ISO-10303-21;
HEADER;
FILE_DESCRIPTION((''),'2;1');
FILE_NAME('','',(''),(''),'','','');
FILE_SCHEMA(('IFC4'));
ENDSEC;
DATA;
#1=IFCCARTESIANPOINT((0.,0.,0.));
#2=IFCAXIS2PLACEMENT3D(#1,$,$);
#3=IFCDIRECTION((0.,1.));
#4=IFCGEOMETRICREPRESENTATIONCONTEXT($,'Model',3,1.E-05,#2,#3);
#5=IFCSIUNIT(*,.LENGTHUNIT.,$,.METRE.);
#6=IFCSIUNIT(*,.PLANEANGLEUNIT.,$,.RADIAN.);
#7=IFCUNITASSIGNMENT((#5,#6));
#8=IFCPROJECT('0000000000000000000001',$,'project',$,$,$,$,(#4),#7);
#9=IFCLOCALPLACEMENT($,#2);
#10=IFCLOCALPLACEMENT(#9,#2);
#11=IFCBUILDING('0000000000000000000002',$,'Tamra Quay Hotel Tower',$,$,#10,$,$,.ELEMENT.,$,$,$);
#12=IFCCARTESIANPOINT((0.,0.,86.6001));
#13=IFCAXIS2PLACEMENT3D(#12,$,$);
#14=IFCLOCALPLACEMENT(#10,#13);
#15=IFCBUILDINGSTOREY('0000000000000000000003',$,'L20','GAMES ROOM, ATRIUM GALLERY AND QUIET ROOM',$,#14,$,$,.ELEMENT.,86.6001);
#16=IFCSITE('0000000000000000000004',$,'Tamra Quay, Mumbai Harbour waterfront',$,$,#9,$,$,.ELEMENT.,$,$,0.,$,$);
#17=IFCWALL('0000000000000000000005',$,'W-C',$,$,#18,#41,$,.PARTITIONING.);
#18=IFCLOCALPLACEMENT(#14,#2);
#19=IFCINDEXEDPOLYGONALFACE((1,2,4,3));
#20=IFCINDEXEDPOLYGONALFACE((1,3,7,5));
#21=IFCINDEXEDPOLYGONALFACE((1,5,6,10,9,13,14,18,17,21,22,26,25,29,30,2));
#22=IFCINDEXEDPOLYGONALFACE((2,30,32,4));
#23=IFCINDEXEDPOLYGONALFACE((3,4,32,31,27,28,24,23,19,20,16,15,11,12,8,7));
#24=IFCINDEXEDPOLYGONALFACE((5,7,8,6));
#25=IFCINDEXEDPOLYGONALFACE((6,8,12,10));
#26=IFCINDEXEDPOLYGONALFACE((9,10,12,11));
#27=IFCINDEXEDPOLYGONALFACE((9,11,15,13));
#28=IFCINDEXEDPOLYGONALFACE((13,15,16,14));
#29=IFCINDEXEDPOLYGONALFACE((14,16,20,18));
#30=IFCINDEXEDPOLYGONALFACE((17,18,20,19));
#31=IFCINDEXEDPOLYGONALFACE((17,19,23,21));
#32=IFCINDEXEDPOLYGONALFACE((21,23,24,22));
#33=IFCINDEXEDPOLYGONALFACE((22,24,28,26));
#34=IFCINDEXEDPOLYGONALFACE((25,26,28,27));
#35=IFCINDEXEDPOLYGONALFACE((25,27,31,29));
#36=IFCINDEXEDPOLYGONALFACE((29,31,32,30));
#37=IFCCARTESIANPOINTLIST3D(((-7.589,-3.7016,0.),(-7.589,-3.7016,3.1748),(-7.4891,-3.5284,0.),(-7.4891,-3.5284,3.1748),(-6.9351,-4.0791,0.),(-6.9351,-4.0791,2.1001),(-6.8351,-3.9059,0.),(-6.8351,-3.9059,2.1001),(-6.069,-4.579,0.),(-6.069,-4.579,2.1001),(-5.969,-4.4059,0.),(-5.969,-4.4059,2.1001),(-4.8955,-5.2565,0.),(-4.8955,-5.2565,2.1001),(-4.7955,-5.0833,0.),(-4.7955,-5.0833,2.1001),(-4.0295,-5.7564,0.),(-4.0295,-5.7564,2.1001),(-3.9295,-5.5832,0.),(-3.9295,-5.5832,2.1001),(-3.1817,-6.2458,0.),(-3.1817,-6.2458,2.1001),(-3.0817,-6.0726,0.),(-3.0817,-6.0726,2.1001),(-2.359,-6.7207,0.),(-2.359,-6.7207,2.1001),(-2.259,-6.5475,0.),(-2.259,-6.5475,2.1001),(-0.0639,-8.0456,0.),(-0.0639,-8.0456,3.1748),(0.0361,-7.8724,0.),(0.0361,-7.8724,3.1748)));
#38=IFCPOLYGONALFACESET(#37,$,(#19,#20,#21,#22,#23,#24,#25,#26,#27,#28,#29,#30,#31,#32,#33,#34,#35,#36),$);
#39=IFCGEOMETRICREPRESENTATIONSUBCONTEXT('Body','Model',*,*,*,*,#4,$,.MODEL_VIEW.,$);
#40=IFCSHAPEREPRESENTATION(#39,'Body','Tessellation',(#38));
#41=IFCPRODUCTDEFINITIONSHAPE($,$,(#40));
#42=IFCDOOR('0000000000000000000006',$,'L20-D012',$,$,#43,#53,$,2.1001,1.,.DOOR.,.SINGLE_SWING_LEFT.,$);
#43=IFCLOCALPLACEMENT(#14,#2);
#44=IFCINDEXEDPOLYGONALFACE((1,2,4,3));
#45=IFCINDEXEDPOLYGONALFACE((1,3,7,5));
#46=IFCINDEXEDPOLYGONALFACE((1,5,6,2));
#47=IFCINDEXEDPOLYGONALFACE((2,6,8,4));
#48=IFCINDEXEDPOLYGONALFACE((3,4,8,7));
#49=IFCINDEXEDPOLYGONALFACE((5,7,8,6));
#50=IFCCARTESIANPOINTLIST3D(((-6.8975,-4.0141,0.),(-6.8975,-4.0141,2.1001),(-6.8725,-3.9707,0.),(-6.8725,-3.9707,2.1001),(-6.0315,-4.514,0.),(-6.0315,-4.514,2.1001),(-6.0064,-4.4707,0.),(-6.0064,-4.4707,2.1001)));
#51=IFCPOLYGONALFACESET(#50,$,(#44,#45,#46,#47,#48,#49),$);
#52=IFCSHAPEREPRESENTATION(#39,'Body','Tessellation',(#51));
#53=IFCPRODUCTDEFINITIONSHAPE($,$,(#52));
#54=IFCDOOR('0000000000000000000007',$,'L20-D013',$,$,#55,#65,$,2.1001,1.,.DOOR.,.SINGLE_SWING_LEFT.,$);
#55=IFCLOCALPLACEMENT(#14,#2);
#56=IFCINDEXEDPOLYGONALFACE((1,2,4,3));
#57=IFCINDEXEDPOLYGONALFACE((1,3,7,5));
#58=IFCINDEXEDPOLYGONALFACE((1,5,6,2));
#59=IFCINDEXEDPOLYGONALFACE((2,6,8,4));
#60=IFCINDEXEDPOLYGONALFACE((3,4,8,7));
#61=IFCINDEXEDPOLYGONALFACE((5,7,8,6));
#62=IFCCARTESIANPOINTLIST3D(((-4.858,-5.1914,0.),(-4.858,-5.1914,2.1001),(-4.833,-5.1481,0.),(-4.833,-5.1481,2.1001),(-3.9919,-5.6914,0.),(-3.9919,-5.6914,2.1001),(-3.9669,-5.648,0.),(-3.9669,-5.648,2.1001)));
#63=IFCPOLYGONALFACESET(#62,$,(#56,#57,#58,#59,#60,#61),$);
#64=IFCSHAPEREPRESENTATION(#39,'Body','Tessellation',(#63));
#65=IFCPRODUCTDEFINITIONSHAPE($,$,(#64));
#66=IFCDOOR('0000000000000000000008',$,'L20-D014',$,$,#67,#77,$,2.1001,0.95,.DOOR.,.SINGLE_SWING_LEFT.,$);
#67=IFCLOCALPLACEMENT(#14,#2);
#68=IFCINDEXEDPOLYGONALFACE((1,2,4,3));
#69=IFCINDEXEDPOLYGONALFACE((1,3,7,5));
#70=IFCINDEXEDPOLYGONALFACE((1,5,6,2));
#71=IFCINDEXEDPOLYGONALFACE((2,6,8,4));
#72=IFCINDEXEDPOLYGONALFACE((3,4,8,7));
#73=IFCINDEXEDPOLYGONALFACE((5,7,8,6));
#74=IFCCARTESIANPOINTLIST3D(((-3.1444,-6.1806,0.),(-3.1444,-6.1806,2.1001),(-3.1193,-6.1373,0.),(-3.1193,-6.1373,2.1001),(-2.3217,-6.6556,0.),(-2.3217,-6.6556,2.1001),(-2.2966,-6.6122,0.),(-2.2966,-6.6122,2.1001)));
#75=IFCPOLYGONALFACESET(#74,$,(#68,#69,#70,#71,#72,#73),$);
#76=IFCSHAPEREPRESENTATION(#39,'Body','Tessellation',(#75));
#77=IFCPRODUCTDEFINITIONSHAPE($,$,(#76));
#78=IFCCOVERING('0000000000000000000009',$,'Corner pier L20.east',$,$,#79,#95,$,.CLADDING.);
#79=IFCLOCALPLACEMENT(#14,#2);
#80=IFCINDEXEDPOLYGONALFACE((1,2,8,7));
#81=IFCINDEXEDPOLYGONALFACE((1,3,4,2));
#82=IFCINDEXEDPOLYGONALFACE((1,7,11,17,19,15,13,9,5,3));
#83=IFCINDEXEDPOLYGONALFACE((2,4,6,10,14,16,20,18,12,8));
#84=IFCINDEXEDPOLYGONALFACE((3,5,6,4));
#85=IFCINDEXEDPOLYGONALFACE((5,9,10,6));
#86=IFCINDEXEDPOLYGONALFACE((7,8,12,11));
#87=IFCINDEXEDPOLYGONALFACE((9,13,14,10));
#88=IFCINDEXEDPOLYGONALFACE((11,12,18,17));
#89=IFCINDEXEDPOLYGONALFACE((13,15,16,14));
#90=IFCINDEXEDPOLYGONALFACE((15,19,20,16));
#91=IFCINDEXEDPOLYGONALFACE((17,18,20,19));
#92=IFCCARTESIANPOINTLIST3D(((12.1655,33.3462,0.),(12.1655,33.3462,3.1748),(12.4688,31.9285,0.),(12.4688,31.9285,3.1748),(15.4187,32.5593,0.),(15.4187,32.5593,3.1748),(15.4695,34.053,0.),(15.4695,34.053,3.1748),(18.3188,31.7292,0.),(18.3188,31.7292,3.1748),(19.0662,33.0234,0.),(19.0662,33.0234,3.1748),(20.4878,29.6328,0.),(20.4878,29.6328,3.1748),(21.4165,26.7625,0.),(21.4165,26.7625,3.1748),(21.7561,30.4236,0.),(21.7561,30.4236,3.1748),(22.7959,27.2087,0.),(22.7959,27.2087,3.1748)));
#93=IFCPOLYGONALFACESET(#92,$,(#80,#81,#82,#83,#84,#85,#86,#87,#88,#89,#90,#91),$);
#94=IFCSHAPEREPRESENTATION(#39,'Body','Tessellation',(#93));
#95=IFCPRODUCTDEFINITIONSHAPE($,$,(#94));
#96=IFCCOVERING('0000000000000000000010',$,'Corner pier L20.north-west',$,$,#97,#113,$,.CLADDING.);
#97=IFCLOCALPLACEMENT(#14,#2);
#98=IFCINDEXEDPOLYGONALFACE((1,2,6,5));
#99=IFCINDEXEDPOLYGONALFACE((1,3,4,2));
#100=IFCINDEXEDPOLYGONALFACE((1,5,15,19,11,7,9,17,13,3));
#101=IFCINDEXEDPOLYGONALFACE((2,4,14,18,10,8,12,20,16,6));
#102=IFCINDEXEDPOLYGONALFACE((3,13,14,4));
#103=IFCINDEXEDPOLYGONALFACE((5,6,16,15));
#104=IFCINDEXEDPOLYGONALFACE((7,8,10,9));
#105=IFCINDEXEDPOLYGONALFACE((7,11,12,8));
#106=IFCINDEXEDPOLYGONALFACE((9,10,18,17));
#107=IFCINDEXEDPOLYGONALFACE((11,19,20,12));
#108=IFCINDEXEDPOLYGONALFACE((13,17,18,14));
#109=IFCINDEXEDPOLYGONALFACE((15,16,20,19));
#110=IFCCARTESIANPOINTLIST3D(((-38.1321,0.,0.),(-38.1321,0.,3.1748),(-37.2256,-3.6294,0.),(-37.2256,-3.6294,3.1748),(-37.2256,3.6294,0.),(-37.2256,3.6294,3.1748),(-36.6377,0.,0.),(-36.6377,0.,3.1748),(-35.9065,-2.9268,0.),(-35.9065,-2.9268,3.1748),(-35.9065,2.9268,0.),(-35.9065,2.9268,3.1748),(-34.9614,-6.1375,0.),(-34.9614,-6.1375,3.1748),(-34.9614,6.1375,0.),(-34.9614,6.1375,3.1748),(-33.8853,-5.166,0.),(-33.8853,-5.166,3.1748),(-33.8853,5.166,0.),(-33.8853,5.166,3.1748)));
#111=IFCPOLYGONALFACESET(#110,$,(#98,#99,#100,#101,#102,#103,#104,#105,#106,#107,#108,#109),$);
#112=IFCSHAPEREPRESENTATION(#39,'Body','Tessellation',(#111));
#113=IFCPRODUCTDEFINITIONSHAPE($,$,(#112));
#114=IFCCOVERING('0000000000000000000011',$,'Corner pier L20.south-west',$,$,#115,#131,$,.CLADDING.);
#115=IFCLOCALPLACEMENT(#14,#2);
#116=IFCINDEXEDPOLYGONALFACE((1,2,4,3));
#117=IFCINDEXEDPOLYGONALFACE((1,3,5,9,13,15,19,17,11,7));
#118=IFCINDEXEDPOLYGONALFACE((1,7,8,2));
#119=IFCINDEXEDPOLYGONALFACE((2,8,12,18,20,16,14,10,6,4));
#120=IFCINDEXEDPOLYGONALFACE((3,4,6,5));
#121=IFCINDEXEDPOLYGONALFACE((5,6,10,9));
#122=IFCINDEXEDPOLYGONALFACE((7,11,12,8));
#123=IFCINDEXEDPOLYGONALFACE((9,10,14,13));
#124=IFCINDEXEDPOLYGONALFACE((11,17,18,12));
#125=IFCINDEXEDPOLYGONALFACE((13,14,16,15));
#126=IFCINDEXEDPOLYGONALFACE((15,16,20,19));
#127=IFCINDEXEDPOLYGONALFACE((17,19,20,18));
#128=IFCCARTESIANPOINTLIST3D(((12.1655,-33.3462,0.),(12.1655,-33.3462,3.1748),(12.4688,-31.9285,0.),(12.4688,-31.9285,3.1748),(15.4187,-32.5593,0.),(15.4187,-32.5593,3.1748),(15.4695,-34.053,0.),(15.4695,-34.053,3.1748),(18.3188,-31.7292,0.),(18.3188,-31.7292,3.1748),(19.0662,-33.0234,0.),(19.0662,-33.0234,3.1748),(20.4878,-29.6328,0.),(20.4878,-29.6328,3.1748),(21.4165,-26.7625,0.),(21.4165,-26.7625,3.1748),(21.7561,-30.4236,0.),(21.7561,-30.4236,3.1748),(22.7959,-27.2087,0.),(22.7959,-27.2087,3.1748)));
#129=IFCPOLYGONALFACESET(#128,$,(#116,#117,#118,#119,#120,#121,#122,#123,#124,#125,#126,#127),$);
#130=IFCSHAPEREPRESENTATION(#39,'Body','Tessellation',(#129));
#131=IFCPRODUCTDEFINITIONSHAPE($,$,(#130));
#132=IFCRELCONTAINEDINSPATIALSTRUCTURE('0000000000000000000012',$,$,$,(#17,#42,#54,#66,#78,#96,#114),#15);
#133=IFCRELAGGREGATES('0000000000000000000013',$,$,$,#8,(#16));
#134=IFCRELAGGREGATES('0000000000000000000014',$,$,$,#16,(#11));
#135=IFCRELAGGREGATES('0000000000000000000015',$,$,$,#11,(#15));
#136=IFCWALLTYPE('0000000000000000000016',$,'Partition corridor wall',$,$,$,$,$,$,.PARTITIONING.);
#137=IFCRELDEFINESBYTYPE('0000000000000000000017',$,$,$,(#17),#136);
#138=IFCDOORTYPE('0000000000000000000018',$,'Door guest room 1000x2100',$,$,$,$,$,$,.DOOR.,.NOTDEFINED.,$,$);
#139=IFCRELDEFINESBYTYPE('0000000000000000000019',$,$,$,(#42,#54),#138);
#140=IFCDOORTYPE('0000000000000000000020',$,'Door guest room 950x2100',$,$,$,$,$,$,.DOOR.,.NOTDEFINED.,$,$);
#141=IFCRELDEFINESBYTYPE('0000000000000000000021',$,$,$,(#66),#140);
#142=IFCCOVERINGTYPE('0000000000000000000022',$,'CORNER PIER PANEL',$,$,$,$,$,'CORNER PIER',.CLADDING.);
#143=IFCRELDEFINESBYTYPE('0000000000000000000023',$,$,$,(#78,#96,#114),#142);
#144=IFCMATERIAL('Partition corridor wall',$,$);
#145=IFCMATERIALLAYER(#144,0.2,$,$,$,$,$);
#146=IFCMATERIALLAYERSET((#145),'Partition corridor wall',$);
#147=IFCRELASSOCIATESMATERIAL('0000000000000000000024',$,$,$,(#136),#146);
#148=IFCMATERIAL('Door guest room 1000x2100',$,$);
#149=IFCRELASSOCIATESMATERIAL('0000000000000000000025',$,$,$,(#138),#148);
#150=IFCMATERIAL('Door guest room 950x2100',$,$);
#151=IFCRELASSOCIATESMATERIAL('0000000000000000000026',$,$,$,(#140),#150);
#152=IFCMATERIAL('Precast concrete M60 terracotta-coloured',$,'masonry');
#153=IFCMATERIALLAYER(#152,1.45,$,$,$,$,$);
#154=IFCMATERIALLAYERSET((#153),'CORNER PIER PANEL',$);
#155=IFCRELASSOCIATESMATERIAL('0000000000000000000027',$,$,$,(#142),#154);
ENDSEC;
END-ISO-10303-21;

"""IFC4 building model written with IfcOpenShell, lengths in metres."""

from ifc_helpers import new_model, si_unit, direction, frame, frame_2d, origin, place, context, subcontext, project, spatial, polyline, rectangle, outline, extrude, material, layer, layer_set, type_object, element, fill, save


model = new_model("IFC4")

# Units and contexts
model_context = context("Model", 3, precision=1e-05, world=origin(), true_north=direction((0.0, 1.0)))
body_context = subcontext(model_context, "Body", "Model", "MODEL_VIEW")
ifc_project = project(units=[si_unit("LENGTHUNIT", "METRE"), si_unit("PLANEANGLEUNIT", "RADIAN")], contexts=[model_context])

# Site, building, storey
site_placement = place(None, origin())
site = spatial("IfcSite", under=ifc_project, at=site_placement, Name="Tamra Quay, Mumbai Harbour waterfront", CompositionType="ELEMENT", RefElevation=0.0)
building_placement = place(site_placement, origin())
building = spatial("IfcBuilding", under=site, at=building_placement, Name="Tamra Quay Hotel Tower", CompositionType="ELEMENT")
storey_placement = place(building_placement, frame((0.0, 0.0, 86.6001)))
storey = spatial("IfcBuildingStorey", under=building, at=storey_placement, Name="L20", Description="GAMES ROOM, ATRIUM GALLERY AND QUIET ROOM", CompositionType="ELEMENT", Elevation=86.6001)

# Shared definitions
ifc_material_1 = material(Name="Partition corridor wall")
ifc_layer_1 = layer(ifc_material_1, 0.2)
ifc_layer_set_1 = layer_set([ifc_layer_1], Name="Partition corridor wall")
wall_type_1 = type_object("IfcWallType", Name="Partition corridor wall", PredefinedType="PARTITIONING", material=ifc_layer_set_1)

# Wall, openings, doors
wall_1_placement = place(storey_placement, frame((-7.5391, -3.615, 0.0), z_axis=(0.0, 0.0, 1.0), x_axis=(0.866058, -0.499944, 0.0)))
wall_1 = element("IfcWall", 1, at=wall_1_placement, inside=storey, type_object=wall_type_1, Name="W-C", PredefinedType="PARTITIONING", context=body_context, shape_type="SweptSolid", body=[
    extrude(rectangle(XDim=8.689, YDim=0.2, at=frame_2d((4.3445, 0.0))), origin(), (0.0, 0.0, 1.0), 3.1748),
])
opening_1_placement = place(wall_1_placement, frame((0.7551, 0.0, 0.0)))
opening_1 = element("IfcOpeningElement", 2, at=opening_1_placement, cuts=wall_1, PredefinedType="OPENING", context=body_context, shape_type="SweptSolid", body=[
    extrude(rectangle(XDim=1.0, YDim=2.1001, at=frame_2d((0.5, 1.05))), frame((0.0, 0.1099, 0.0), z_axis=(0.0, -1.0, 0.0), x_axis=(1.0, 0.0, 0.0)), (0.0, 0.0, 1.0), 0.22),
])
opening_2_placement = place(wall_1_placement, frame((3.1101, 0.0, 0.0)))
opening_2 = element("IfcOpeningElement", 3, at=opening_2_placement, cuts=wall_1, PredefinedType="OPENING", context=body_context, shape_type="SweptSolid", body=[
    extrude(rectangle(XDim=1.0, YDim=2.1001, at=frame_2d((0.5, 1.05))), frame((0.0, 0.1099, 0.0), z_axis=(0.0, -1.0, 0.0), x_axis=(1.0, 0.0, 0.0)), (0.0, 0.0, 1.0), 0.22),
])
opening_3_placement = place(wall_1_placement, frame((5.0889, 0.0, 0.0)))
opening_3 = element("IfcOpeningElement", 4, at=opening_3_placement, cuts=wall_1, PredefinedType="OPENING", context=body_context, shape_type="SweptSolid", body=[
    extrude(rectangle(XDim=0.95, YDim=2.1001, at=frame_2d((0.4751, 1.05))), frame((0.0, 0.1099, 0.0), z_axis=(0.0, -1.0, 0.0), x_axis=(1.0, 0.0, 0.0)), (0.0, 0.0, 1.0), 0.22),
])
ifc_material_2 = material(Name="Door guest room 1000x2100")
door_type_1 = type_object("IfcDoorType", Name="Door guest room 1000x2100", OperationType="NOTDEFINED", PredefinedType="DOOR", material=ifc_material_2)
door_1_placement = place(opening_1_placement, frame((1.0, 0.0, 0.0), z_axis=(0.0, 0.0, 1.0), x_axis=(-1.0, 0.0, 0.0)))
door_1 = element("IfcDoor", 5, at=door_1_placement, inside=storey, type_object=door_type_1, Name="L20-D012", OperationType="SINGLE_SWING_LEFT", OverallHeight=2.1001, OverallWidth=1.0, PredefinedType="DOOR", context=body_context, shape_type="SweptSolid", body=[
    extrude(rectangle(XDim=1.0, YDim=2.1001, at=frame_2d((0.5, 1.05))), frame((0.0, 0.0249, 0.0), z_axis=(0.0, -1.0, 0.0), x_axis=(1.0, 0.0, 0.0)), (0.0, 0.0, 1.0), 0.05),
])
fill(opening_1, door_1)
door_2_placement = place(opening_2_placement, frame((1.0, 0.0, 0.0), z_axis=(0.0, 0.0, 1.0), x_axis=(-1.0, 0.0, 0.0)))
door_2 = element("IfcDoor", 6, at=door_2_placement, inside=storey, type_object=door_type_1, Name="L20-D013", OperationType="SINGLE_SWING_LEFT", OverallHeight=2.1001, OverallWidth=1.0, PredefinedType="DOOR", context=body_context, shape_type="SweptSolid", body=[
    extrude(rectangle(XDim=1.0, YDim=2.1001, at=frame_2d((0.5, 1.05))), frame((0.0, 0.0249, 0.0), z_axis=(0.0, -1.0, 0.0), x_axis=(1.0, 0.0, 0.0)), (0.0, 0.0, 1.0), 0.05),
])
fill(opening_2, door_2)
ifc_material_3 = material(Name="Door guest room 950x2100")
door_type_2 = type_object("IfcDoorType", Name="Door guest room 950x2100", OperationType="NOTDEFINED", PredefinedType="DOOR", material=ifc_material_3)
door_3_placement = place(opening_3_placement, frame((0.95, 0.0, 0.0), z_axis=(0.0, 0.0, 1.0), x_axis=(-1.0, 0.0, 0.0)))
door_3 = element("IfcDoor", 7, at=door_3_placement, inside=storey, type_object=door_type_2, Name="L20-D014", OperationType="SINGLE_SWING_LEFT", OverallHeight=2.1001, OverallWidth=0.95, PredefinedType="DOOR", context=body_context, shape_type="SweptSolid", body=[
    extrude(rectangle(XDim=0.95, YDim=2.1001, at=frame_2d((0.4751, 1.05))), frame((0.0, 0.0249, 0.0), z_axis=(0.0, -1.0, 0.0), x_axis=(1.0, 0.0, 0.0)), (0.0, 0.0, 1.0), 0.05),
])
fill(opening_3, door_3)

# Coverings
ifc_material_4 = material(Name="Precast concrete M60 terracotta-coloured", Category="masonry")
ifc_layer_2 = layer(ifc_material_4, 1.45)
ifc_layer_set_2 = layer_set([ifc_layer_2], Name="CORNER PIER PANEL")
covering_type = type_object("IfcCoveringType", Name="CORNER PIER PANEL", ElementType="CORNER PIER", PredefinedType="CLADDING", material=ifc_layer_set_2)
covering_1_placement = place(storey_placement, origin())
element("IfcCovering", 8, at=covering_1_placement, inside=storey, type_object=covering_type, Name="Corner pier L20.east", PredefinedType="CLADDING", context=body_context, shape_type="SweptSolid", body=[
    extrude(outline(polyline([(21.4165, 26.7625), (22.7959, 27.2087), (21.7561, 30.4236), (19.0662, 33.0234), (15.4695, 34.053), (12.1655, 33.3462), (12.4688, 31.9285), (15.4187, 32.5593), (18.3188, 31.7292), (20.4878, 29.6328), (21.4165, 26.7625)])), origin(), (0.0, 0.0, 1.0), 3.1748),
])
covering_2_placement = place(storey_placement, origin())
element("IfcCovering", 9, at=covering_2_placement, inside=storey, type_object=covering_type, Name="Corner pier L20.north-west", PredefinedType="CLADDING", context=body_context, shape_type="SweptSolid", body=[
    extrude(outline(polyline([(-33.8853, 5.166), (-34.9614, 6.1375), (-37.2256, 3.6294), (-38.1321, 0.0), (-37.2256, -3.6294), (-34.9614, -6.1375), (-33.8853, -5.166), (-35.9065, -2.9268), (-36.6377, 0.0), (-35.9065, 2.9268), (-33.8853, 5.166)])), origin(), (0.0, 0.0, 1.0), 3.1748),
])
covering_3_placement = place(storey_placement, origin())
element("IfcCovering", 10, at=covering_3_placement, inside=storey, type_object=covering_type, Name="Corner pier L20.south-west", PredefinedType="CLADDING", context=body_context, shape_type="SweptSolid", body=[
    extrude(outline(polyline([(12.4688, -31.9285), (12.1655, -33.3462), (15.4695, -34.053), (19.0662, -33.0234), (21.7561, -30.4236), (22.7959, -27.2087), (21.4165, -26.7625), (20.4878, -29.6328), (18.3188, -31.7292), (15.4187, -32.5593), (12.4688, -31.9285)])), origin(), (0.0, 0.0, 1.0), 3.1748),
])

save(model, "model.ifc")
